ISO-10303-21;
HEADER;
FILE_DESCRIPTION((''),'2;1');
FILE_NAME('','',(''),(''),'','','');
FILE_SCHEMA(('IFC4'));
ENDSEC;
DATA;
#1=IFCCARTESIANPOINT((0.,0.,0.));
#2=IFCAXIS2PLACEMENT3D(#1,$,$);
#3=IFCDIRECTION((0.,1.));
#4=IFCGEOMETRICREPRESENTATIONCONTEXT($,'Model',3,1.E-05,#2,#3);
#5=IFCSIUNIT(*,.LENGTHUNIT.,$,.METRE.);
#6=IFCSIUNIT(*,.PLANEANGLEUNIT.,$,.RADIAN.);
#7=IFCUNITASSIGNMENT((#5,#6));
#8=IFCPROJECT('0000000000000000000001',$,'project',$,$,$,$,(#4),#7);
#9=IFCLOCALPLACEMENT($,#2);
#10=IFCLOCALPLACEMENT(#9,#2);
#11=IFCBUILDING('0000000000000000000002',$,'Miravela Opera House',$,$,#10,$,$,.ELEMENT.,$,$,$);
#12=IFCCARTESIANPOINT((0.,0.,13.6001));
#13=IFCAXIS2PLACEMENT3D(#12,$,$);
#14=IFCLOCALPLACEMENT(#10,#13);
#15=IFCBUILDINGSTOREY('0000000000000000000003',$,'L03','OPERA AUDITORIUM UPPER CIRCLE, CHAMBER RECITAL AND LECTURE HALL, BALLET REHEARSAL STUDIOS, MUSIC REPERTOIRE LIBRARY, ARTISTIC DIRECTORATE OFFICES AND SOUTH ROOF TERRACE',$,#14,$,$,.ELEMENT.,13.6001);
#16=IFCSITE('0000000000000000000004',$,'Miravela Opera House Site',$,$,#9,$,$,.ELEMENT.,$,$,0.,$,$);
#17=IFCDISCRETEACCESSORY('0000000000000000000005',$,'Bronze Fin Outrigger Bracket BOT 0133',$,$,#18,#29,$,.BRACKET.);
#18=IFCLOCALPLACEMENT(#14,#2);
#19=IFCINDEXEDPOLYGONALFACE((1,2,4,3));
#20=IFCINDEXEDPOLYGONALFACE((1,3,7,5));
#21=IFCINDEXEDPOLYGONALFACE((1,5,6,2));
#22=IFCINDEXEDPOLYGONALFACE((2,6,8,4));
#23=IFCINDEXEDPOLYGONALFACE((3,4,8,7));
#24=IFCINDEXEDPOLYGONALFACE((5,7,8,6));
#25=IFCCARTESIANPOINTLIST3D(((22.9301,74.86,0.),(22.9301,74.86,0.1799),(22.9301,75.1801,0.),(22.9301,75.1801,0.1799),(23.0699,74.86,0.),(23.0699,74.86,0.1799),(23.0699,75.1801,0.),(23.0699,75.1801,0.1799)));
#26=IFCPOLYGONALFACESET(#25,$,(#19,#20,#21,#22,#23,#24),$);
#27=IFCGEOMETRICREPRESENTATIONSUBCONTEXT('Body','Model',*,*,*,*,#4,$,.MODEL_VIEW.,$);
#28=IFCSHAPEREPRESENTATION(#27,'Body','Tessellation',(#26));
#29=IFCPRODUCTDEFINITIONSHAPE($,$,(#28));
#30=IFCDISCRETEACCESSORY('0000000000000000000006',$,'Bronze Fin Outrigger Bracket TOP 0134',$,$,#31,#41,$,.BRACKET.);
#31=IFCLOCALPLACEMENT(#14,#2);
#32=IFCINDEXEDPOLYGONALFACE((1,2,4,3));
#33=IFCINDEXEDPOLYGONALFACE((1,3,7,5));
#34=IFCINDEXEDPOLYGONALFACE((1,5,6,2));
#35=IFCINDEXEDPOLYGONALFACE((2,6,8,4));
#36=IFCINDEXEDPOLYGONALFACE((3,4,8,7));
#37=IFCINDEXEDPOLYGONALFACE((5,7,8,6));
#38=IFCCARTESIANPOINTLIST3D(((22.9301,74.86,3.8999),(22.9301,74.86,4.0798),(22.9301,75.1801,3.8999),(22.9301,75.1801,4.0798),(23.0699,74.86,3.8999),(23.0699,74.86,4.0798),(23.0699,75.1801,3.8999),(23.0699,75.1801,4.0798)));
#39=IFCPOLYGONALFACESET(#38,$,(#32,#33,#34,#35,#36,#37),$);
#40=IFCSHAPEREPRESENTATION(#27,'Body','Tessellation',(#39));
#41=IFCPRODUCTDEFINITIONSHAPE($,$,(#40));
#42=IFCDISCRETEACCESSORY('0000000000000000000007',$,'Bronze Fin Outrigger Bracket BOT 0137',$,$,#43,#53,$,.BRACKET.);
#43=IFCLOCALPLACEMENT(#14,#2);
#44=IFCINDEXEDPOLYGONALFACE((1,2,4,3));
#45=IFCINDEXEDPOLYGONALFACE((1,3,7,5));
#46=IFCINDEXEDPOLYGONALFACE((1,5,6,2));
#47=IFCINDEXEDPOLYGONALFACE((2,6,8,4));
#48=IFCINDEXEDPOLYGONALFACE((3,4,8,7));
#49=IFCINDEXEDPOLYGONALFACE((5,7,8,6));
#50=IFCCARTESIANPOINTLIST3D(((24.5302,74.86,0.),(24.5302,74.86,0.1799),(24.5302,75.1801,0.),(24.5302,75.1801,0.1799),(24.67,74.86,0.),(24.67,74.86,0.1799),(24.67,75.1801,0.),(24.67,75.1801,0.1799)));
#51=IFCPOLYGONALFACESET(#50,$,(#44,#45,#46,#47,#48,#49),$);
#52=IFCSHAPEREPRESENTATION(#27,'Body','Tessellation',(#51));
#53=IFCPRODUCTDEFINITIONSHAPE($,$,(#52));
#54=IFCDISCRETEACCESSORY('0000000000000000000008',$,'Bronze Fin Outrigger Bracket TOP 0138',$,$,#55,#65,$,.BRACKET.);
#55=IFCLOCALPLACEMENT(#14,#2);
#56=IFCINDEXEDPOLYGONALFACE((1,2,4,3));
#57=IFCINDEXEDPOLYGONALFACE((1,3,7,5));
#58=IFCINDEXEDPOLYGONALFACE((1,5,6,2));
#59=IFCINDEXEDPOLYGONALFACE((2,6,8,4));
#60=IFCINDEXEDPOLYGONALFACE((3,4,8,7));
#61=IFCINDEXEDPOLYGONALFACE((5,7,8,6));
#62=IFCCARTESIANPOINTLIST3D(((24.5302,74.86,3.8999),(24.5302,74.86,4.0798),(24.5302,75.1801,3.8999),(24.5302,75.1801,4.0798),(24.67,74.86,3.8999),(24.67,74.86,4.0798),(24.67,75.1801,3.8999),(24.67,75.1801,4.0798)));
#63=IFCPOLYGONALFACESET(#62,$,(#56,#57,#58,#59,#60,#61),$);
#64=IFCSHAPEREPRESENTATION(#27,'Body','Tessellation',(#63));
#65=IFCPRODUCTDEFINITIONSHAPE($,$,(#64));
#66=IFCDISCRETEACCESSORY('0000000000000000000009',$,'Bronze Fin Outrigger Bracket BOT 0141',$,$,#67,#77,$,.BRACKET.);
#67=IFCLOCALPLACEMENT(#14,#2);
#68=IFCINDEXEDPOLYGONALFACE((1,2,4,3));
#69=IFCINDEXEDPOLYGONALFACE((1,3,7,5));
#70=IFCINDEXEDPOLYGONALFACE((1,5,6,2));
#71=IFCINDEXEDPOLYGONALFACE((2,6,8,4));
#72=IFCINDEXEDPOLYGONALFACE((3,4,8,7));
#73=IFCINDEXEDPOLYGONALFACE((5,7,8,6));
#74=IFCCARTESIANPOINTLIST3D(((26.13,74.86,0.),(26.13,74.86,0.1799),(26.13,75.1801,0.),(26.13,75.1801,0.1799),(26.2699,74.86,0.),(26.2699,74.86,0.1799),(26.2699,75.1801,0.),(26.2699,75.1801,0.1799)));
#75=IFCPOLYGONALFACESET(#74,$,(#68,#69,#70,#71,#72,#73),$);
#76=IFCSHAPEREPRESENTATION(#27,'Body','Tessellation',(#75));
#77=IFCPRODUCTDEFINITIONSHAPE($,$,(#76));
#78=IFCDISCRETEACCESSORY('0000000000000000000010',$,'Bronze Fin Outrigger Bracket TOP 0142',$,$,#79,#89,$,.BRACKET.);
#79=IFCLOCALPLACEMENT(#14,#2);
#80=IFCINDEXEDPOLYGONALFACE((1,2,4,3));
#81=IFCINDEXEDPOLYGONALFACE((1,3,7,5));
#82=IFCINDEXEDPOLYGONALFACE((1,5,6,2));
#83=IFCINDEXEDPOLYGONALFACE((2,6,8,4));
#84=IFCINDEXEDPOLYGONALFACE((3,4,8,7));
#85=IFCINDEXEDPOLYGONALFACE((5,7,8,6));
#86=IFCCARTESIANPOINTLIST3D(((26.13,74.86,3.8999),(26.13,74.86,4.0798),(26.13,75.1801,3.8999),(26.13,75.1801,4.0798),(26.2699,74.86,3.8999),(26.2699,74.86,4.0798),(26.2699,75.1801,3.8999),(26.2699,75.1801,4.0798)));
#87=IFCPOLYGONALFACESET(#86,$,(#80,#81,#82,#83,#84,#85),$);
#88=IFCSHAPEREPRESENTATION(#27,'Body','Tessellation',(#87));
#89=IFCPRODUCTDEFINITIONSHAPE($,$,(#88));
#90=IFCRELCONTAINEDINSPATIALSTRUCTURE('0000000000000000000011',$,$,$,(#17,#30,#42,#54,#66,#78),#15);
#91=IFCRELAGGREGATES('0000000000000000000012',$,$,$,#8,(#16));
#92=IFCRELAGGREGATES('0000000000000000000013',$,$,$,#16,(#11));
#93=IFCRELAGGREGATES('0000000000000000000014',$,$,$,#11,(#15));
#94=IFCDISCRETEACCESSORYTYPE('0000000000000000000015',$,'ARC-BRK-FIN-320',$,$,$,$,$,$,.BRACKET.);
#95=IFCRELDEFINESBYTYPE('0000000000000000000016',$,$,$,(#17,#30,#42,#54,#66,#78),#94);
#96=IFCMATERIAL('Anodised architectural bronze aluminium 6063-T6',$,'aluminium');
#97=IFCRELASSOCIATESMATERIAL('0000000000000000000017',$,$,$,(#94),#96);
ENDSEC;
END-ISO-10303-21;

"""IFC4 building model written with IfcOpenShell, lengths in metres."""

from ifc_helpers import new_model, si_unit, direction, frame, origin, origin_2d, place, context, subcontext, project, spatial, rectangle, extrude, material, type_object, element, save


model = new_model("IFC4")

# Units and contexts
model_context = context("Model", 3, precision=1e-05, world=origin(), true_north=direction((0.0, 1.0)))
body_context = subcontext(model_context, "Body", "Model", "MODEL_VIEW")
ifc_project = project(units=[si_unit("LENGTHUNIT", "METRE"), si_unit("PLANEANGLEUNIT", "RADIAN")], contexts=[model_context])

# Site, building, storey
site_placement = place(None, origin())
site = spatial("IfcSite", under=ifc_project, at=site_placement, Name="Miravela Opera House Site", CompositionType="ELEMENT", RefElevation=0.0)
building_placement = place(site_placement, origin())
building = spatial("IfcBuilding", under=site, at=building_placement, Name="Miravela Opera House", CompositionType="ELEMENT")
storey_placement = place(building_placement, frame((0.0, 0.0, 13.6001)))
storey = spatial("IfcBuildingStorey", under=building, at=storey_placement, Name="L03", Description="OPERA AUDITORIUM UPPER CIRCLE, CHAMBER RECITAL AND LECTURE HALL, BALLET REHEARSAL STUDIOS, MUSIC REPERTOIRE LIBRARY, ARTISTIC DIRECTORATE OFFICES AND SOUTH ROOF TERRACE", CompositionType="ELEMENT", Elevation=13.6001)

# Shared definitions
ifc_material_1 = material(Name="Anodised architectural bronze aluminium 6063-T6", Category="aluminium")

# Discrete accessories
discrete_accessory_type = type_object("IfcDiscreteAccessoryType", Name="ARC-BRK-FIN-320", PredefinedType="BRACKET", material=ifc_material_1)
for number, where, z_axis, x_axis, name in (
    (1, (23.0, 75.02, 0.0), (0.0, 0.0, 1.0), (0.0, 1.0, 0.0), "Bronze Fin Outrigger Bracket BOT 0133"),
    (2, (23.0, 75.02, 3.8999), (0.0, 0.0, 1.0), (0.0, 1.0, 0.0), "Bronze Fin Outrigger Bracket TOP 0134"),
    (3, (24.6001, 75.02, 0.0), (0.0, 0.0, 1.0), (0.0, 1.0, 0.0), "Bronze Fin Outrigger Bracket BOT 0137"),
    (4, (24.6001, 75.02, 3.8999), (0.0, 0.0, 1.0), (0.0, 1.0, 0.0), "Bronze Fin Outrigger Bracket TOP 0138"),
    (5, (26.2, 75.02, 0.0), (0.0, 0.0, 1.0), (0.0, 1.0, 0.0), "Bronze Fin Outrigger Bracket BOT 0141"),
    (6, (26.2, 75.02, 3.8999), (0.0, 0.0, 1.0), (0.0, 1.0, 0.0), "Bronze Fin Outrigger Bracket TOP 0142"),
):
    element("IfcDiscreteAccessory", number, at=place(storey_placement, frame(where, z_axis=z_axis, x_axis=x_axis)), inside=storey, type_object=discrete_accessory_type, Name=name, PredefinedType="BRACKET", context=body_context, shape_type="SweptSolid", body=[
        extrude(rectangle(XDim=0.3201, YDim=0.1399, at=origin_2d()), origin(), (0.0, 0.0, 1.0), 0.1799),
    ])

save(model, "model.ifc")
